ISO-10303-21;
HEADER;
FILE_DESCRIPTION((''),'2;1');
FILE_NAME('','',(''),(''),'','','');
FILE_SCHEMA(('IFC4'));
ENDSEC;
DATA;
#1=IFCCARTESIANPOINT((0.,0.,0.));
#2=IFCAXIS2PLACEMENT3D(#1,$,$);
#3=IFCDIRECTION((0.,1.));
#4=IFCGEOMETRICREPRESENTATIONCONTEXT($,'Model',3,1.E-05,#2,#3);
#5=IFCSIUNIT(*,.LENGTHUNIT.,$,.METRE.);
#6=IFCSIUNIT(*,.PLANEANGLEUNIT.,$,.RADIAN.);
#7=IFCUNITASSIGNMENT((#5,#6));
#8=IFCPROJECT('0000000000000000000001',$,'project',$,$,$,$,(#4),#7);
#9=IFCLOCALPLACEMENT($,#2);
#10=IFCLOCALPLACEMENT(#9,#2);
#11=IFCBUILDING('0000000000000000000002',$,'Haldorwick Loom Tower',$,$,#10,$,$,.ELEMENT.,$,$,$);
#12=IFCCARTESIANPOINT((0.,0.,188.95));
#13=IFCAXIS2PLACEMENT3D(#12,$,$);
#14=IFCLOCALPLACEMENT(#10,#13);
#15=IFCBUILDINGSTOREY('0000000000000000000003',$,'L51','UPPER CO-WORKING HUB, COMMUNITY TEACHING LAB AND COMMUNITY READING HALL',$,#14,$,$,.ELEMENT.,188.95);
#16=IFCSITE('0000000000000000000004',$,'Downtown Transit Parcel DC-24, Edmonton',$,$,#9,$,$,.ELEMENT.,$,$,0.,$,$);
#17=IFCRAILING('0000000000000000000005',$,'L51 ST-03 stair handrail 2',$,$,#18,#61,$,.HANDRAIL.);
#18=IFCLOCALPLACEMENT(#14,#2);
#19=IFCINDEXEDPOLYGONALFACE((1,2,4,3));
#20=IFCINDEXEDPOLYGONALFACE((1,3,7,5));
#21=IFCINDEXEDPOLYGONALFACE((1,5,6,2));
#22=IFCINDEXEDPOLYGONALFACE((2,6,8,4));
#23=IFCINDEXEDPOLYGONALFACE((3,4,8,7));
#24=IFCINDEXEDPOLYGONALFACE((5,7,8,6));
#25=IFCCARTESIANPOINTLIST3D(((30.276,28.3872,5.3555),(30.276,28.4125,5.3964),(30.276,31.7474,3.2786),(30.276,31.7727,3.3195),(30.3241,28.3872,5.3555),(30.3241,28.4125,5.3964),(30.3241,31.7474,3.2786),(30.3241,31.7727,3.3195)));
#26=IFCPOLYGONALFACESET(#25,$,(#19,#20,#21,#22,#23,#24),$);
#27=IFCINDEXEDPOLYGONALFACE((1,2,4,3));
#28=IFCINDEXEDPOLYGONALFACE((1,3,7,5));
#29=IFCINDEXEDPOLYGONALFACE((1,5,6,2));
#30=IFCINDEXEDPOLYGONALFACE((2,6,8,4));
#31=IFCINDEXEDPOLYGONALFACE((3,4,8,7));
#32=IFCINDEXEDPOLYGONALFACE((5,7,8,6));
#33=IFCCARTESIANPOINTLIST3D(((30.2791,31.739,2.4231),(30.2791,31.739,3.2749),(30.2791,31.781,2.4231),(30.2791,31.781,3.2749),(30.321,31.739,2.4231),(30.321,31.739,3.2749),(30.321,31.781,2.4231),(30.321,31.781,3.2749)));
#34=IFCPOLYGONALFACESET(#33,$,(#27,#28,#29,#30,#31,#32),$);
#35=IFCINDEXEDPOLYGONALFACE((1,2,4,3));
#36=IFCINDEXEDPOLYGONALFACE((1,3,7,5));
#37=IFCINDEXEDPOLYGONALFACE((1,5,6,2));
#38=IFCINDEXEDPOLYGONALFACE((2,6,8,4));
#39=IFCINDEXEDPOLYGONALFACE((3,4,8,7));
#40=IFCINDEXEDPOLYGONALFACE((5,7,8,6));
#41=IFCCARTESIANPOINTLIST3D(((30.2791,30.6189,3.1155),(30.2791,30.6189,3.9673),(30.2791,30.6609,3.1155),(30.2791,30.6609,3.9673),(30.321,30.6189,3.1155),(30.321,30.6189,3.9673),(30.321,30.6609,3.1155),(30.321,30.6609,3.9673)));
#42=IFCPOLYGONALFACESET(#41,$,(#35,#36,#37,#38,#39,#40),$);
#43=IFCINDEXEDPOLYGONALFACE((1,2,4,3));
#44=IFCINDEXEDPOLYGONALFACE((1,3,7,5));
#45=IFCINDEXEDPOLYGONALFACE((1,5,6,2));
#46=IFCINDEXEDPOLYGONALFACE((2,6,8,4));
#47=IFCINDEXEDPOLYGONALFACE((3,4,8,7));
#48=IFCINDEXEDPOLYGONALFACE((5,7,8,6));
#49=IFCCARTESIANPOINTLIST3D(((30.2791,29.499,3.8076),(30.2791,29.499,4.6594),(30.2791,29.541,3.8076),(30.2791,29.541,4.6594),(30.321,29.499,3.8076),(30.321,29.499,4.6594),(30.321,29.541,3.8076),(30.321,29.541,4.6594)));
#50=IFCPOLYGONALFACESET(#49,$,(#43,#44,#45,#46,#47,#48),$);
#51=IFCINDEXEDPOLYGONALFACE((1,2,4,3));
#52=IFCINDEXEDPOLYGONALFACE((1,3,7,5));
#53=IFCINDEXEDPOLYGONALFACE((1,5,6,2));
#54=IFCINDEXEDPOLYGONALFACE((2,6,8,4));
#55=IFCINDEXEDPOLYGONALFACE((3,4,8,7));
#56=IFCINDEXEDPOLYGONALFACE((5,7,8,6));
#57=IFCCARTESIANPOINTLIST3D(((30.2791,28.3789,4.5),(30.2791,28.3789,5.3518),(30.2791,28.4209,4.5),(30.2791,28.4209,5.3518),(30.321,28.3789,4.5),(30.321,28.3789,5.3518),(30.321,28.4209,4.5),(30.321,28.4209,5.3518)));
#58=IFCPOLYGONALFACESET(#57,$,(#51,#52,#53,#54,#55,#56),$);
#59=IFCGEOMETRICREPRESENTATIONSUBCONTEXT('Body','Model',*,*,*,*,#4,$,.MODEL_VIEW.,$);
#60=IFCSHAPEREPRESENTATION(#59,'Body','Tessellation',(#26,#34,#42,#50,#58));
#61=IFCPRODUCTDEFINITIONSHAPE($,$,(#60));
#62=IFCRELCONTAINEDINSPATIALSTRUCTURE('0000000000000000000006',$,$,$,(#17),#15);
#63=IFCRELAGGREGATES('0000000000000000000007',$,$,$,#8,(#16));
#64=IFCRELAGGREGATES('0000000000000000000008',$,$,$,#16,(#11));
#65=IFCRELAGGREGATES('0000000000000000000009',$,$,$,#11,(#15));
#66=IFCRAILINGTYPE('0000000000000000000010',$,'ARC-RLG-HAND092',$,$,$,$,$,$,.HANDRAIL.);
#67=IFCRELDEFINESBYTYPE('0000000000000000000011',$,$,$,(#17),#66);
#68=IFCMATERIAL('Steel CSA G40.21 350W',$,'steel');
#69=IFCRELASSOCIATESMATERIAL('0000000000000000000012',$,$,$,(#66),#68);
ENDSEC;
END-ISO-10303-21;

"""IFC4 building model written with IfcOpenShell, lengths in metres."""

from ifc_helpers import new_model, si_unit, direction, frame, origin, origin_2d, place, context, subcontext, project, spatial, rectangle, extrude, material, type_object, element, save


model = new_model("IFC4")

# Units and contexts
model_context = context("Model", 3, precision=1e-05, world=origin(), true_north=direction((0.0, 1.0)))
body_context = subcontext(model_context, "Body", "Model", "MODEL_VIEW")
ifc_project = project(units=[si_unit("LENGTHUNIT", "METRE"), si_unit("PLANEANGLEUNIT", "RADIAN")], contexts=[model_context])

# Site, building, storey
site_placement = place(None, origin())
site = spatial("IfcSite", under=ifc_project, at=site_placement, Name="Downtown Transit Parcel DC-24, Edmonton", CompositionType="ELEMENT", RefElevation=0.0)
building_placement = place(site_placement, origin())
building = spatial("IfcBuilding", under=site, at=building_placement, Name="Haldorwick Loom Tower", CompositionType="ELEMENT")
storey_placement = place(building_placement, frame((0.0, 0.0, 188.95)))
storey = spatial("IfcBuildingStorey", under=building, at=storey_placement, Name="L51", Description="UPPER CO-WORKING HUB, COMMUNITY TEACHING LAB AND COMMUNITY READING HALL", CompositionType="ELEMENT", Elevation=188.95)

# Shared definitions
ifc_material_1 = material(Name="Steel CSA G40.21 350W", Category="steel")

# Railing
railing_type_1 = type_object("IfcRailingType", Name="ARC-RLG-HAND092", PredefinedType="HANDRAIL", material=ifc_material_1)
railing_1_placement = place(storey_placement, frame((30.3, 31.76, 2.4231)))
element("IfcRailing", 1, at=railing_1_placement, inside=storey, type_object=railing_type_1, Name="L51 ST-03 stair handrail 2", PredefinedType="HANDRAIL", context=body_context, shape_type="SweptSolid", body=[
    extrude(rectangle(XDim=0.0481, YDim=0.0481, at=origin_2d()), frame((0.0, 0.0, 0.876), z_axis=(0.0, -0.850623, 0.525776), x_axis=(1.0, 0.0, 0.0)), (0.0, 0.0, 1.0), 3.9502),
    extrude(rectangle(XDim=0.042, YDim=0.042, at=origin_2d()), origin(), (0.0, 0.0, 1.0), 0.8518),
    extrude(rectangle(XDim=0.042, YDim=0.042, at=origin_2d()), frame((0.0, -1.1201, 0.6924)), (0.0, 0.0, 1.0), 0.8518),
    extrude(rectangle(XDim=0.042, YDim=0.042, at=origin_2d()), frame((0.0, -2.24, 1.3845)), (0.0, 0.0, 1.0), 0.8518),
    extrude(rectangle(XDim=0.042, YDim=0.042, at=origin_2d()), frame((0.0, -3.3601, 2.0769)), (0.0, 0.0, 1.0), 0.8518),
])

save(model, "model.ifc")
